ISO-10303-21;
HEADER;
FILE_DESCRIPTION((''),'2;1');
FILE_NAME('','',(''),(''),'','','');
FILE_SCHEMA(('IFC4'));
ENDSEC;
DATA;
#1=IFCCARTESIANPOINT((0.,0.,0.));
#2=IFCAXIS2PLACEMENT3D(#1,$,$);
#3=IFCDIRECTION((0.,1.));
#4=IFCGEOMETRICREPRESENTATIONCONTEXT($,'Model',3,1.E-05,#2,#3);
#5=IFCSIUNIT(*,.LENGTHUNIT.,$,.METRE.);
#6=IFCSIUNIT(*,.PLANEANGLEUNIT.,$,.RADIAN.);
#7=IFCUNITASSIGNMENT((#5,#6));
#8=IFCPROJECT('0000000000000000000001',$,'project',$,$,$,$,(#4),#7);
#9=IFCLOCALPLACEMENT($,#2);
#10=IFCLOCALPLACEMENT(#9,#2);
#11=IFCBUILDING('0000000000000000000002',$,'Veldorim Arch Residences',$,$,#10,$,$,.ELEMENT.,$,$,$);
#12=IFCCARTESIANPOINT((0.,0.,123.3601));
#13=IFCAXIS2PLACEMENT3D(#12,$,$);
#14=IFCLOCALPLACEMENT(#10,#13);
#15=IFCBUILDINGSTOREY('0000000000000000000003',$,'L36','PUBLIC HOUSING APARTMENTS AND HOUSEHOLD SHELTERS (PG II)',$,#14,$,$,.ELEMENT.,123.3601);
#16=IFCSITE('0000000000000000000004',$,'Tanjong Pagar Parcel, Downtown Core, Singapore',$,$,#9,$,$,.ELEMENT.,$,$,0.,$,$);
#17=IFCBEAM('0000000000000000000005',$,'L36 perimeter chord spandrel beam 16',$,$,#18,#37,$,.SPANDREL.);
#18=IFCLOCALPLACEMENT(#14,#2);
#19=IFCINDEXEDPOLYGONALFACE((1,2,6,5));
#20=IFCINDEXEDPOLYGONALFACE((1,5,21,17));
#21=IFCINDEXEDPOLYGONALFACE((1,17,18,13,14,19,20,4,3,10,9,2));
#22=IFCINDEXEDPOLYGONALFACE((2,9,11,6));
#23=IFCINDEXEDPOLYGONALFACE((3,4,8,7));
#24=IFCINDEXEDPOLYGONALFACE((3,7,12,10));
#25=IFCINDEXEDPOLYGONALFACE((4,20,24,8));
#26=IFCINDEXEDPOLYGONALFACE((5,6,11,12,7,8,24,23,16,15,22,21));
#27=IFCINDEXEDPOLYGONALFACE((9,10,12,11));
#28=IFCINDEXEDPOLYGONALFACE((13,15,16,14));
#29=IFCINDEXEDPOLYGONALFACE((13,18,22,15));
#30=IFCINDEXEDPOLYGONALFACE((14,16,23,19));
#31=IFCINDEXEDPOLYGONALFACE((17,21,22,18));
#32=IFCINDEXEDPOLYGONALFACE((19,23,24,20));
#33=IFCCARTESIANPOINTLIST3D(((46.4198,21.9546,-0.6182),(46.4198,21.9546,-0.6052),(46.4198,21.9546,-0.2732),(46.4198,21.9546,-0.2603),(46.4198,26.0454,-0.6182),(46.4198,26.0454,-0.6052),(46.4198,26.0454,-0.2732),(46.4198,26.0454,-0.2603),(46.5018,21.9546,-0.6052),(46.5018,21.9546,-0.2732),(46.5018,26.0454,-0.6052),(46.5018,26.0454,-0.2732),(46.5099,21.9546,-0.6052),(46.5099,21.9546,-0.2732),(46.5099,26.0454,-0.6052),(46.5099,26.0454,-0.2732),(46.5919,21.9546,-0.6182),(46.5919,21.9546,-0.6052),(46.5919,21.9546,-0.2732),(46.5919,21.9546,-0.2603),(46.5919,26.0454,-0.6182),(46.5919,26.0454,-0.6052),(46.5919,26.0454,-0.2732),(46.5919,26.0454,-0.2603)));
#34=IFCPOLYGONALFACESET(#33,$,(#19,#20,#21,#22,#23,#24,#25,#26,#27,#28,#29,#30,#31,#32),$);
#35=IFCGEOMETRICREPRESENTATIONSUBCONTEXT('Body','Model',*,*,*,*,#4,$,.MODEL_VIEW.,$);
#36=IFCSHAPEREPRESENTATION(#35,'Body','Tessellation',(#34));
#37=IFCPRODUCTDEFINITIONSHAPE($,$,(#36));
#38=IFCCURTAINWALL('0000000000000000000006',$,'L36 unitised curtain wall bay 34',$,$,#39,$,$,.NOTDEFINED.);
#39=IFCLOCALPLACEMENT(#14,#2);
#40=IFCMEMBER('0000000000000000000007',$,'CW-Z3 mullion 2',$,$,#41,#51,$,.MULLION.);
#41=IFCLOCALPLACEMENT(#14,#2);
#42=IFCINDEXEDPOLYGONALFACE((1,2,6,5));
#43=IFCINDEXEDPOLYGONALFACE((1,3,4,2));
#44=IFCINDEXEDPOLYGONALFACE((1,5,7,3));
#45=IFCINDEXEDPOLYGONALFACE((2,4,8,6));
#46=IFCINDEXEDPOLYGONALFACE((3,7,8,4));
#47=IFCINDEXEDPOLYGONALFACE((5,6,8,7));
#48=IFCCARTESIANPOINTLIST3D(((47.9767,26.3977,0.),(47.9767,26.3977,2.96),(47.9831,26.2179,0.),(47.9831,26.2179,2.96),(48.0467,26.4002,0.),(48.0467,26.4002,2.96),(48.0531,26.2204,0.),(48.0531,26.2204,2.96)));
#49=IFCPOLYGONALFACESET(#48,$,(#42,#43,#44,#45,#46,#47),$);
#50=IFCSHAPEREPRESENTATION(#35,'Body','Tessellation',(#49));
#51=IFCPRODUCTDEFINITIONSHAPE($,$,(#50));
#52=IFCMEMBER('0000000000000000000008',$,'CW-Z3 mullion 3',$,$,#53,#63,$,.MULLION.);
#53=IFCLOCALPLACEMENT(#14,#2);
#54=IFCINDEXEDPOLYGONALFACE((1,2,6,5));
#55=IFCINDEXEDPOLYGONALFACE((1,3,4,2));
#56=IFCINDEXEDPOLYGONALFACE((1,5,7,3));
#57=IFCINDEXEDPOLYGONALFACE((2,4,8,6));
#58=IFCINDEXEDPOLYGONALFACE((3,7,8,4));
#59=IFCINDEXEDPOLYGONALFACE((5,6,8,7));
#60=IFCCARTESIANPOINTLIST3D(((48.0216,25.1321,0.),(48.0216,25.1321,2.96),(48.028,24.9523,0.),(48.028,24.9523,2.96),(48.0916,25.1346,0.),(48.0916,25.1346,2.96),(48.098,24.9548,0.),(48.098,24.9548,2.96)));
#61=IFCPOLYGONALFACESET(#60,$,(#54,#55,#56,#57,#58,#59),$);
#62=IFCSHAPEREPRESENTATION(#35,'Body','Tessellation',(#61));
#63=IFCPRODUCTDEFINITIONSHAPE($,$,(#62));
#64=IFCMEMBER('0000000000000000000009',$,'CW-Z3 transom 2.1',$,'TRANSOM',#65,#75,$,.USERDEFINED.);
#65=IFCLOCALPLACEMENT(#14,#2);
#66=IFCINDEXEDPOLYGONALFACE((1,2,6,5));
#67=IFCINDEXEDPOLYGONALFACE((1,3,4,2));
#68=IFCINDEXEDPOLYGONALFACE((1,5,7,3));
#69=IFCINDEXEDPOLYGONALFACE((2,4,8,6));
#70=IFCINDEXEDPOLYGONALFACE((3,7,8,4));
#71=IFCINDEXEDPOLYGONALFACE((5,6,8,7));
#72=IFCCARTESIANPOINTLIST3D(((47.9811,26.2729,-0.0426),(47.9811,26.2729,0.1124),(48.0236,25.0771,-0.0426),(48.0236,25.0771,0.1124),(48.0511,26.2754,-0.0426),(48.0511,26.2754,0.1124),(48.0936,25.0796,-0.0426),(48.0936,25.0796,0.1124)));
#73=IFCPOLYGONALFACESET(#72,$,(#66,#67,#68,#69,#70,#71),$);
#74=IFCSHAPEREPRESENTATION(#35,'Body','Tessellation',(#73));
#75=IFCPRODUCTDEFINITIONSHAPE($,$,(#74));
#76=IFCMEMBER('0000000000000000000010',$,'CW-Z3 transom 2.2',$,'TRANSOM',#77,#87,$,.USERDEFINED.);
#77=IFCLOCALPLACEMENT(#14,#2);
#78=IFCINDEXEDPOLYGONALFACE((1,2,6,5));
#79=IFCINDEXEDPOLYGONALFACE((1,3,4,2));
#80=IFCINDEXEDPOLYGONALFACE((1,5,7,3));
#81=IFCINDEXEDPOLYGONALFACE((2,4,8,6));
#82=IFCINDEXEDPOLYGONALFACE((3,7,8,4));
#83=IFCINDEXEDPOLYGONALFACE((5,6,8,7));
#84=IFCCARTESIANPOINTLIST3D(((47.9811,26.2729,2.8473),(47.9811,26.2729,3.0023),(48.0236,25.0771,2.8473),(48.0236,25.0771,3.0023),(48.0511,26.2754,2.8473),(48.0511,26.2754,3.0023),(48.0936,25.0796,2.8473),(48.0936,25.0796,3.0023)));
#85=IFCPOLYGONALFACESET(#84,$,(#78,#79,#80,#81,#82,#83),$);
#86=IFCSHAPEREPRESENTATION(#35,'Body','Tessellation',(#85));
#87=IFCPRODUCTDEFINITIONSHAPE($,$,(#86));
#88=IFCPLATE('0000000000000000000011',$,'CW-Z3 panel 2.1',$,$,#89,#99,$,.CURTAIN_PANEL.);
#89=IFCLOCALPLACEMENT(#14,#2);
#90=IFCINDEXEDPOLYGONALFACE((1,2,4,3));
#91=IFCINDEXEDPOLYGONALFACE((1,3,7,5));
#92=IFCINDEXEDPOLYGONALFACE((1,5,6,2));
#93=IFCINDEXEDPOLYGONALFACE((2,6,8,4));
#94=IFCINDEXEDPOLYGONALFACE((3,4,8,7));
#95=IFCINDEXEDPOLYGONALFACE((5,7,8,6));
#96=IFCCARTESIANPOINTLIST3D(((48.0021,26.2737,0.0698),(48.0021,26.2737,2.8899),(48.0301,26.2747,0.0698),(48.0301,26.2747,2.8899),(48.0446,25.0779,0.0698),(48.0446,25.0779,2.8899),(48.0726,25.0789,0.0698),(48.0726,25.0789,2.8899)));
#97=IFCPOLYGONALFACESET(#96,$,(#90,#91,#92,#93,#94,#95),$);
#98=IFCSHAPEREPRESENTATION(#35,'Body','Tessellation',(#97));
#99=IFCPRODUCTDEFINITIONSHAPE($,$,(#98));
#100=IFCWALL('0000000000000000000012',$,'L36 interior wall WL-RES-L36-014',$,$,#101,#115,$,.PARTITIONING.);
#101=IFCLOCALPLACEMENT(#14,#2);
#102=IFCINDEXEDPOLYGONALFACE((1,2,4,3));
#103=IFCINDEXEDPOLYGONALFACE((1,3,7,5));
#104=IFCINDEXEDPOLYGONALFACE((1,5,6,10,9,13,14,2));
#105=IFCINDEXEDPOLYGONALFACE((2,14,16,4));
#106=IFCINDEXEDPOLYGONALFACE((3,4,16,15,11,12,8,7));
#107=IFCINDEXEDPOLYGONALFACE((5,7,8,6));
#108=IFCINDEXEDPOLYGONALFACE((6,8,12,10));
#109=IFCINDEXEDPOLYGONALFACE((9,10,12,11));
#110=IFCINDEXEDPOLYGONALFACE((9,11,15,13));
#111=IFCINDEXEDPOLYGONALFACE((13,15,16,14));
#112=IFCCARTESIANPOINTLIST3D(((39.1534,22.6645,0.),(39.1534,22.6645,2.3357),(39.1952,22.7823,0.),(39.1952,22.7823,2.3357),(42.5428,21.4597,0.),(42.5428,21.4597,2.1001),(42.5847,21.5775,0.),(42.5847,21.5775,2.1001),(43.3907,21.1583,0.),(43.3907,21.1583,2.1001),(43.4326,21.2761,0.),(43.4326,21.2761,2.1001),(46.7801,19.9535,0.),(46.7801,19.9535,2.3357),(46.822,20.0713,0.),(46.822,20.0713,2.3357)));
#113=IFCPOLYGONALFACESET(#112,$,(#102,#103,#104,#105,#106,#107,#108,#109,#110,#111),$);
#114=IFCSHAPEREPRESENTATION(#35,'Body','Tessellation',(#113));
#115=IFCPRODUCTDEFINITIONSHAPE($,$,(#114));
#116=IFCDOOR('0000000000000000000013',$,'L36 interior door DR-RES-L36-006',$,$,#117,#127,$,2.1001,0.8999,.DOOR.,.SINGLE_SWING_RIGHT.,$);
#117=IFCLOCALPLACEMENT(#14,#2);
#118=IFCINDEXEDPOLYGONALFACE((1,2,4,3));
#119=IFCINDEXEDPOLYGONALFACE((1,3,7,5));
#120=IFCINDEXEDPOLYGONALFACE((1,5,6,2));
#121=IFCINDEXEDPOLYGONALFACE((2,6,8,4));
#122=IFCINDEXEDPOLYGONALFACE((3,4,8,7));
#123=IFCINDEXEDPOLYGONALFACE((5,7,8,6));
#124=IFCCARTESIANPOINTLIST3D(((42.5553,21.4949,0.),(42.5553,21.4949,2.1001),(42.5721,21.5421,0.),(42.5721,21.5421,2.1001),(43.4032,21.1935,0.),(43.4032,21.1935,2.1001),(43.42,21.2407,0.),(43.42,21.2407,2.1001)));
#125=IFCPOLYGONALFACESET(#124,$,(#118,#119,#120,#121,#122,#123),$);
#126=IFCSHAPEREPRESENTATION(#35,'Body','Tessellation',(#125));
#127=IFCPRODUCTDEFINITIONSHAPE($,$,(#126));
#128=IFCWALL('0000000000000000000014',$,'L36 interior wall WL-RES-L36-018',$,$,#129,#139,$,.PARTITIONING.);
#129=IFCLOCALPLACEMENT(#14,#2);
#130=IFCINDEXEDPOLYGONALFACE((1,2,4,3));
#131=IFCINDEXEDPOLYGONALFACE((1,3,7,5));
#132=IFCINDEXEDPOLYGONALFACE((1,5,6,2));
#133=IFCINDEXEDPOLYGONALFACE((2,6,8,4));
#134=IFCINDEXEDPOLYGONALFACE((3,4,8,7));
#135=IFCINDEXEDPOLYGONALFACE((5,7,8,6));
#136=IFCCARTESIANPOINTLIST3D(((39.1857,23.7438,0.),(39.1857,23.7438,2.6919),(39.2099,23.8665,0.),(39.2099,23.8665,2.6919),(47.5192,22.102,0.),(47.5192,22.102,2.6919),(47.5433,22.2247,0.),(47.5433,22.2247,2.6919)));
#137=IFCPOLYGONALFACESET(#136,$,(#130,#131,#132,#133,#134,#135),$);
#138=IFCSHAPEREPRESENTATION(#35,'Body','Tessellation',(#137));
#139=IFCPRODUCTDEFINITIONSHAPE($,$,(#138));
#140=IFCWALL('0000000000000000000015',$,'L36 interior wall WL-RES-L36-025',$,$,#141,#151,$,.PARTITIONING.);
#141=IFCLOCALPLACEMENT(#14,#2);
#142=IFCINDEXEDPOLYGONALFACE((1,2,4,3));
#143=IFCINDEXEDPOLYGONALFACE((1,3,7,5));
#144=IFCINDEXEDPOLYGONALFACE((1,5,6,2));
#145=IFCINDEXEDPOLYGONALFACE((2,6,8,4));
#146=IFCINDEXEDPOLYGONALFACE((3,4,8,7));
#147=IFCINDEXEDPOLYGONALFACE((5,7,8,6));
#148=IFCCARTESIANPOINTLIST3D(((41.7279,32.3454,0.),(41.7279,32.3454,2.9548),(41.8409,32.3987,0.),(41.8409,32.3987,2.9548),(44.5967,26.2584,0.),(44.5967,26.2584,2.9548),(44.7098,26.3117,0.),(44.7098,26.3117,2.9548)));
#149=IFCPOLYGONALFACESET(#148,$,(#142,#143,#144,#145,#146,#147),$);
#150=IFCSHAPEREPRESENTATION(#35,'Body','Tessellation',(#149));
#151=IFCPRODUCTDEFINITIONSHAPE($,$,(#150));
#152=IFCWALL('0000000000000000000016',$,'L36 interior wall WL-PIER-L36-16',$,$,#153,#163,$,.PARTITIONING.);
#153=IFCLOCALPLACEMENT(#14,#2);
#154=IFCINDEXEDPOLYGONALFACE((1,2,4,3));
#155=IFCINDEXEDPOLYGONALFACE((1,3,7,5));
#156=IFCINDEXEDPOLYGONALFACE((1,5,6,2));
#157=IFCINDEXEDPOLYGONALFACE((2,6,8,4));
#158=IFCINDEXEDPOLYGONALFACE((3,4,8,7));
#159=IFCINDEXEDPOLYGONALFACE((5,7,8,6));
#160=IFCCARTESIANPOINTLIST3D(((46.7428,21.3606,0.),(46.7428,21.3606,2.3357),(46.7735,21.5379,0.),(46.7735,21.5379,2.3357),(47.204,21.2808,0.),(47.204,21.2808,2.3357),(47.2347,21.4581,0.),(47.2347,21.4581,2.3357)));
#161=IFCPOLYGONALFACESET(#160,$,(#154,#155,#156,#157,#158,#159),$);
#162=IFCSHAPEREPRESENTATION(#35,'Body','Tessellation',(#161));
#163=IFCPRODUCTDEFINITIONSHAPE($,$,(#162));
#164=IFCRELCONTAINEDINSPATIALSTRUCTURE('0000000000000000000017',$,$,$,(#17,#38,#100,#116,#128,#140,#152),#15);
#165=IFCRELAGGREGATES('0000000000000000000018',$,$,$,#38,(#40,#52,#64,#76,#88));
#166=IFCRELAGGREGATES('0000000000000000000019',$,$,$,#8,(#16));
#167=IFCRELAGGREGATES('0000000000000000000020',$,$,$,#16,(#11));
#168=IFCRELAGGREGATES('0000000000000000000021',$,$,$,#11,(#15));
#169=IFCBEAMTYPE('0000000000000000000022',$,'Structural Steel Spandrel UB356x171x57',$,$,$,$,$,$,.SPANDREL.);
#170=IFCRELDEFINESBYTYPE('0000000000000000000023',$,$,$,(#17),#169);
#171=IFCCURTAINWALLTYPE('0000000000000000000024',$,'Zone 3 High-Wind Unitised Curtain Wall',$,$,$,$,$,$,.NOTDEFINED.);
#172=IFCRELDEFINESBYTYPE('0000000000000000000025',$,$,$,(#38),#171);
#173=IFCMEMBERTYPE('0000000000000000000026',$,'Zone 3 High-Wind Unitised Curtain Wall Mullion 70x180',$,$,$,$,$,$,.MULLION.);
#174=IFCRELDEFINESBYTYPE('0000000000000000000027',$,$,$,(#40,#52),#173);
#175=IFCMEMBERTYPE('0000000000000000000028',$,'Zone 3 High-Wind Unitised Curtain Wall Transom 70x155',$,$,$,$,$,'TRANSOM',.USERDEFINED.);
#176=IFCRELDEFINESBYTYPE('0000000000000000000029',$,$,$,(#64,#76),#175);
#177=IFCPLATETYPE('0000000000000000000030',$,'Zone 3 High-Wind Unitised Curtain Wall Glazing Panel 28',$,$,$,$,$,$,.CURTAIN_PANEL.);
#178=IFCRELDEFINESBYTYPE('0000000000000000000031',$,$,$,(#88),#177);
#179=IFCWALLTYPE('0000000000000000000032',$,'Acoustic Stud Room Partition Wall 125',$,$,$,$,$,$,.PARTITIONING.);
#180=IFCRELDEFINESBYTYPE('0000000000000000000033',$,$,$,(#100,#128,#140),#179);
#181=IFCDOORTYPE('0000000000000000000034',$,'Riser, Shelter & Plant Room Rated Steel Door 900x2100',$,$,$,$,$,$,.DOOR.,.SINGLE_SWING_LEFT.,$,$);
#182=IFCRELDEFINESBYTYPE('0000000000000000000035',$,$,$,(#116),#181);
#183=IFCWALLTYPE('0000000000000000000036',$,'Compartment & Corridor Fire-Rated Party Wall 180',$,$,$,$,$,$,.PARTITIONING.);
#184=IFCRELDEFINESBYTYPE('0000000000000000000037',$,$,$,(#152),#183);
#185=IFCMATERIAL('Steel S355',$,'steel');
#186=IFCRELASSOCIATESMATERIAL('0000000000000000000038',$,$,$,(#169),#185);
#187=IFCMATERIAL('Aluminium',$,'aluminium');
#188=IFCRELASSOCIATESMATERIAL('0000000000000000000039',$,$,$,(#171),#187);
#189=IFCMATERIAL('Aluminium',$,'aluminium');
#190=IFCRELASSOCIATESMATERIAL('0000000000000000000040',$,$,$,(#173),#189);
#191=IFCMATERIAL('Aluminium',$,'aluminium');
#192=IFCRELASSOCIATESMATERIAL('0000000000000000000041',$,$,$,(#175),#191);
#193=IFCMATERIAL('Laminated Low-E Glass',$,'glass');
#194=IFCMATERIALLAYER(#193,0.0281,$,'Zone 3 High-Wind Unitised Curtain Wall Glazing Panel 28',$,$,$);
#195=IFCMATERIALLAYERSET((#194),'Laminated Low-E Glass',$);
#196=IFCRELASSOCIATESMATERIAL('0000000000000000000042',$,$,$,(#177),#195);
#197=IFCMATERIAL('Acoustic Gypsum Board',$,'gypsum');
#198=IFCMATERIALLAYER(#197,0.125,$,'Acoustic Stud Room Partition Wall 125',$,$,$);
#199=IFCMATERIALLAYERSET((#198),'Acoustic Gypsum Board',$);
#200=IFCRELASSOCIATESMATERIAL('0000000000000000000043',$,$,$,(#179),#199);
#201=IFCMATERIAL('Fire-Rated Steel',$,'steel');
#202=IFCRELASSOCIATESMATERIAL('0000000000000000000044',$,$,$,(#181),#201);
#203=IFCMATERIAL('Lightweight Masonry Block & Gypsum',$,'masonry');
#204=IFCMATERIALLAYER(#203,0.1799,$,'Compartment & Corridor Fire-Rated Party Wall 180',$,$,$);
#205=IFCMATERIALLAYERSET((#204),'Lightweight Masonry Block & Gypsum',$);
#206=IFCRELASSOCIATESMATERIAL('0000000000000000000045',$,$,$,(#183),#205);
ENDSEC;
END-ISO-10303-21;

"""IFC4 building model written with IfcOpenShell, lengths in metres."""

from ifc_helpers import new_model, si_unit, direction, frame, frame_2d, origin, origin_2d, place, context, subcontext, project, spatial, rectangle, i_section, extrude, material, layer, layer_set, material_profile, profile_set, type_object, element, fill, aggregate, save


model = new_model("IFC4")

# Units and contexts
model_context = context("Model", 3, precision=1e-05, world=origin(), true_north=direction((0.0, 1.0)))
body_context = subcontext(model_context, "Body", "Model", "MODEL_VIEW")
ifc_project = project(units=[si_unit("LENGTHUNIT", "METRE"), si_unit("PLANEANGLEUNIT", "RADIAN")], contexts=[model_context])

# Site, building, storey
site_placement = place(None, origin())
site = spatial("IfcSite", under=ifc_project, at=site_placement, Name="Tanjong Pagar Parcel, Downtown Core, Singapore", CompositionType="ELEMENT", RefElevation=0.0)
building_placement = place(site_placement, origin())
building = spatial("IfcBuilding", under=site, at=building_placement, Name="Veldorim Arch Residences", CompositionType="ELEMENT")
storey_placement = place(building_placement, frame((0.0, 0.0, 123.3601)))
storey = spatial("IfcBuildingStorey", under=building, at=storey_placement, Name="L36", Description="PUBLIC HOUSING APARTMENTS AND HOUSEHOLD SHELTERS (PG II)", CompositionType="ELEMENT", Elevation=123.3601)

# Beam
ifc_material_1 = material(Name="Steel S355", Category="steel")
ifc_material_profile_1 = material_profile(ifc_material_1, i_section(OverallWidth=0.1721, OverallDepth=0.3579, WebThickness=0.0081, FlangeThickness=0.0129, at=origin_2d()), Name="UB356x171x57")
ifc_profile_set_1 = profile_set([ifc_material_profile_1], Name="Steel S355")
beam_type_1 = type_object("IfcBeamType", Name="Structural Steel Spandrel UB356x171x57", PredefinedType="SPANDREL", material=ifc_profile_set_1)
beam_1_placement = place(storey_placement, frame((46.5059, 21.9546, -0.4392), z_axis=(0.0, 1.0, 0.0), x_axis=(-1.0, 0.0, 0.0)))
element("IfcBeam", 1, at=beam_1_placement, inside=storey, type_object=beam_type_1, Name="L36 perimeter chord spandrel beam 16", PredefinedType="SPANDREL", context=body_context, shape_type="SweptSolid", body=[
    extrude(i_section(OverallWidth=0.1721, OverallDepth=0.3579, WebThickness=0.0081, FlangeThickness=0.0129, at=origin_2d()), origin(), (0.0, 0.0, 1.0), 4.0908),
])

# Curtain wall, members, plate
ifc_material_2 = material(Name="Aluminium", Category="aluminium")
curtain_wall_type = type_object("IfcCurtainWallType", Name="Zone 3 High-Wind Unitised Curtain Wall", PredefinedType="NOTDEFINED", material=ifc_material_2)
curtain_wall_placement = place(storey_placement, origin())
curtain_wall = element("IfcCurtainWall", 2, at=curtain_wall_placement, inside=storey, type_object=curtain_wall_type, Name="L36 unitised curtain wall bay 34", PredefinedType="NOTDEFINED")
ifc_material_3 = material(Name="Aluminium", Category="aluminium")
ifc_material_profile_2 = material_profile(ifc_material_3, rectangle(XDim=0.0701, YDim=0.1799, at=origin_2d()), Name="ALU_MUL_70x180")
ifc_profile_set_2 = profile_set([ifc_material_profile_2], Name="Aluminium")
member_type_1 = type_object("IfcMemberType", Name="Zone 3 High-Wind Unitised Curtain Wall Mullion 70x180", PredefinedType="MULLION", material=ifc_profile_set_2)
member_1_placement = place(storey_placement, frame((48.0149, 26.3091, 0.0), z_axis=(0.0, 0.0, 1.0), x_axis=(0.99937, 0.035498, 0.0)))
member_1 = element("IfcMember", 3, at=member_1_placement, type_object=member_type_1, Name="CW-Z3 mullion 2", PredefinedType="MULLION", context=body_context, shape_type="SweptSolid", body=[
    extrude(rectangle(XDim=0.0701, YDim=0.1799, at=origin_2d()), origin(), (0.0, 0.0, 1.0), 2.96),
])
member_2_placement = place(storey_placement, frame((48.0598, 25.0435, 0.0), z_axis=(0.0, 0.0, 1.0), x_axis=(0.99937, 0.035498, 0.0)))
member_2 = element("IfcMember", 4, at=member_2_placement, type_object=member_type_1, Name="CW-Z3 mullion 3", PredefinedType="MULLION", context=body_context, shape_type="SweptSolid", body=[
    extrude(rectangle(XDim=0.0701, YDim=0.1799, at=origin_2d()), origin(), (0.0, 0.0, 1.0), 2.96),
])
ifc_material_4 = material(Name="Aluminium", Category="aluminium")
ifc_material_profile_3 = material_profile(ifc_material_4, rectangle(XDim=0.0701, YDim=0.155, at=origin_2d()), Name="ALU_TRN_70x155")
ifc_profile_set_3 = profile_set([ifc_material_profile_3], Name="Aluminium")
member_type_2 = type_object("IfcMemberType", Name="Zone 3 High-Wind Unitised Curtain Wall Transom 70x155", ElementType="TRANSOM", PredefinedType="USERDEFINED", material=ifc_profile_set_3)
member_3_placement = place(storey_placement, frame((48.0161, 26.2742, 0.0349), z_axis=(0.035502, -0.99937, 0.0), x_axis=(0.99937, 0.035502, 0.0)))
member_3 = element("IfcMember", 5, at=member_3_placement, type_object=member_type_2, Name="CW-Z3 transom 2.1", ObjectType="TRANSOM", PredefinedType="USERDEFINED", context=body_context, shape_type="SweptSolid", body=[
    extrude(rectangle(XDim=0.0701, YDim=0.155, at=origin_2d()), origin(), (0.0, 0.0, 1.0), 1.1965),
])
member_4_placement = place(storey_placement, frame((48.0161, 26.2742, 2.9248), z_axis=(0.035502, -0.99937, 0.0), x_axis=(0.99937, 0.035502, 0.0)))
member_4 = element("IfcMember", 6, at=member_4_placement, type_object=member_type_2, Name="CW-Z3 transom 2.2", ObjectType="TRANSOM", PredefinedType="USERDEFINED", context=body_context, shape_type="SweptSolid", body=[
    extrude(rectangle(XDim=0.0701, YDim=0.155, at=origin_2d()), origin(), (0.0, 0.0, 1.0), 1.1965),
])
ifc_material_5 = material(Name="Laminated Low-E Glass", Category="glass")
ifc_layer_1 = layer(ifc_material_5, 0.0281, Name="Zone 3 High-Wind Unitised Curtain Wall Glazing Panel 28")
ifc_layer_set_1 = layer_set([ifc_layer_1], Name="Laminated Low-E Glass")
plate_type = type_object("IfcPlateType", Name="Zone 3 High-Wind Unitised Curtain Wall Glazing Panel 28", PredefinedType="CURTAIN_PANEL", material=ifc_layer_set_1)
plate_placement = place(storey_placement, frame((48.0374, 25.6763, 0.0698), z_axis=(0.0, 0.0, 1.0), x_axis=(0.035498, -0.99937, 0.0)))
plate = element("IfcPlate", 7, at=plate_placement, type_object=plate_type, Name="CW-Z3 panel 2.1", PredefinedType="CURTAIN_PANEL", context=body_context, shape_type="SweptSolid", body=[
    extrude(rectangle(XDim=1.1965, YDim=0.0281, at=origin_2d()), origin(), (0.0, 0.0, 1.0), 2.8201),
])
aggregate(curtain_wall, [member_1, member_2, member_3, member_4, plate])

# Wall, opening, door
ifc_material_6 = material(Name="Acoustic Gypsum Board", Category="gypsum")
ifc_layer_2 = layer(ifc_material_6, 0.125, Name="Acoustic Stud Room Partition Wall 125")
ifc_layer_set_2 = layer_set([ifc_layer_2], Name="Acoustic Gypsum Board")
wall_type_1 = type_object("IfcWallType", Name="Acoustic Stud Room Partition Wall 125", PredefinedType="PARTITIONING", material=ifc_layer_set_2)
wall_1_placement = place(storey_placement, frame((39.1743, 22.7234, 0.0), z_axis=(0.0, 0.0, 1.0), x_axis=(0.942245, -0.334924, 0.0)))
wall_1 = element("IfcWall", 8, at=wall_1_placement, inside=storey, type_object=wall_type_1, Name="L36 interior wall WL-RES-L36-014", PredefinedType="PARTITIONING", context=body_context, shape_type="SweptSolid", body=[
    extrude(rectangle(XDim=8.0942, YDim=0.125, at=frame_2d((4.0471, 0.0))), origin(), (0.0, 0.0, 1.0), 2.3357),
])
opening_1_placement = place(wall_1_placement, frame((3.5972, 0.0, 0.0)))
opening_1 = element("IfcOpeningElement", 9, at=opening_1_placement, cuts=wall_1, PredefinedType="OPENING", context=body_context, shape_type="SweptSolid", body=[
    extrude(rectangle(XDim=0.8999, YDim=2.1001, at=frame_2d((0.45, 1.05))), frame((0.0, 0.0725, 0.0), z_axis=(0.0, -1.0, 0.0), x_axis=(1.0, 0.0, 0.0)), (0.0, 0.0, 1.0), 0.145),
])
ifc_material_7 = material(Name="Fire-Rated Steel", Category="steel")
door_type_1 = type_object("IfcDoorType", Name="Riser, Shelter & Plant Room Rated Steel Door 900x2100", OperationType="SINGLE_SWING_LEFT", PredefinedType="DOOR", material=ifc_material_7)
door_1_placement = place(opening_1_placement, origin())
door_1 = element("IfcDoor", 10, at=door_1_placement, inside=storey, type_object=door_type_1, Name="L36 interior door DR-RES-L36-006", OperationType="SINGLE_SWING_RIGHT", OverallHeight=2.1001, OverallWidth=0.8999, PredefinedType="DOOR", context=body_context, shape_type="SweptSolid", body=[
    extrude(rectangle(XDim=0.8999, YDim=2.1001, at=frame_2d((0.45, 1.05))), frame((0.0, 0.0249, 0.0), z_axis=(0.0, -1.0, 0.0), x_axis=(1.0, 0.0, 0.0)), (0.0, 0.0, 1.0), 0.05),
])
fill(opening_1, door_1)

# Walls
wall_2_placement = place(storey_placement, frame((47.5312, 22.1633, 0.0), z_axis=(0.0, 0.0, 1.0), x_axis=(-0.981139, 0.193302, 0.0)))
element("IfcWall", 11, at=wall_2_placement, inside=storey, type_object=wall_type_1, Name="L36 interior wall WL-RES-L36-018", PredefinedType="PARTITIONING", context=body_context, shape_type="SweptSolid", body=[
    extrude(rectangle(XDim=8.4937, YDim=0.125, at=frame_2d((4.2468, 0.0))), origin(), (0.0, 0.0, 1.0), 2.6919),
])
wall_3_placement = place(storey_placement, frame((44.6533, 26.2849, 0.0), z_axis=(0.0, 0.0, 1.0), x_axis=(-0.426326, 0.904569, 0.0)))
element("IfcWall", 12, at=wall_3_placement, inside=storey, type_object=wall_type_1, Name="L36 interior wall WL-RES-L36-025", PredefinedType="PARTITIONING", context=body_context, shape_type="SweptSolid", body=[
    extrude(rectangle(XDim=6.7292, YDim=0.125, at=frame_2d((3.3647, 0.0))), origin(), (0.0, 0.0, 1.0), 2.9548),
])
ifc_material_8 = material(Name="Lightweight Masonry Block & Gypsum", Category="masonry")
ifc_layer_3 = layer(ifc_material_8, 0.1799, Name="Compartment & Corridor Fire-Rated Party Wall 180")
ifc_layer_set_3 = layer_set([ifc_layer_3], Name="Lightweight Masonry Block & Gypsum")
wall_type_2 = type_object("IfcWallType", Name="Compartment & Corridor Fire-Rated Party Wall 180", PredefinedType="PARTITIONING", material=ifc_layer_set_3)
wall_4_placement = place(storey_placement, frame((46.7583, 21.4492, 0.0), z_axis=(0.0, 0.0, 1.0), x_axis=(0.985345, -0.170571, 0.0)))
element("IfcWall", 13, at=wall_4_placement, inside=storey, type_object=wall_type_2, Name="L36 interior wall WL-PIER-L36-16", PredefinedType="PARTITIONING", context=body_context, shape_type="SweptSolid", body=[
    extrude(rectangle(XDim=0.468, YDim=0.1799, at=frame_2d((0.2339, 0.0))), origin(), (0.0, 0.0, 1.0), 2.3357),
])

save(model, "model.ifc")
